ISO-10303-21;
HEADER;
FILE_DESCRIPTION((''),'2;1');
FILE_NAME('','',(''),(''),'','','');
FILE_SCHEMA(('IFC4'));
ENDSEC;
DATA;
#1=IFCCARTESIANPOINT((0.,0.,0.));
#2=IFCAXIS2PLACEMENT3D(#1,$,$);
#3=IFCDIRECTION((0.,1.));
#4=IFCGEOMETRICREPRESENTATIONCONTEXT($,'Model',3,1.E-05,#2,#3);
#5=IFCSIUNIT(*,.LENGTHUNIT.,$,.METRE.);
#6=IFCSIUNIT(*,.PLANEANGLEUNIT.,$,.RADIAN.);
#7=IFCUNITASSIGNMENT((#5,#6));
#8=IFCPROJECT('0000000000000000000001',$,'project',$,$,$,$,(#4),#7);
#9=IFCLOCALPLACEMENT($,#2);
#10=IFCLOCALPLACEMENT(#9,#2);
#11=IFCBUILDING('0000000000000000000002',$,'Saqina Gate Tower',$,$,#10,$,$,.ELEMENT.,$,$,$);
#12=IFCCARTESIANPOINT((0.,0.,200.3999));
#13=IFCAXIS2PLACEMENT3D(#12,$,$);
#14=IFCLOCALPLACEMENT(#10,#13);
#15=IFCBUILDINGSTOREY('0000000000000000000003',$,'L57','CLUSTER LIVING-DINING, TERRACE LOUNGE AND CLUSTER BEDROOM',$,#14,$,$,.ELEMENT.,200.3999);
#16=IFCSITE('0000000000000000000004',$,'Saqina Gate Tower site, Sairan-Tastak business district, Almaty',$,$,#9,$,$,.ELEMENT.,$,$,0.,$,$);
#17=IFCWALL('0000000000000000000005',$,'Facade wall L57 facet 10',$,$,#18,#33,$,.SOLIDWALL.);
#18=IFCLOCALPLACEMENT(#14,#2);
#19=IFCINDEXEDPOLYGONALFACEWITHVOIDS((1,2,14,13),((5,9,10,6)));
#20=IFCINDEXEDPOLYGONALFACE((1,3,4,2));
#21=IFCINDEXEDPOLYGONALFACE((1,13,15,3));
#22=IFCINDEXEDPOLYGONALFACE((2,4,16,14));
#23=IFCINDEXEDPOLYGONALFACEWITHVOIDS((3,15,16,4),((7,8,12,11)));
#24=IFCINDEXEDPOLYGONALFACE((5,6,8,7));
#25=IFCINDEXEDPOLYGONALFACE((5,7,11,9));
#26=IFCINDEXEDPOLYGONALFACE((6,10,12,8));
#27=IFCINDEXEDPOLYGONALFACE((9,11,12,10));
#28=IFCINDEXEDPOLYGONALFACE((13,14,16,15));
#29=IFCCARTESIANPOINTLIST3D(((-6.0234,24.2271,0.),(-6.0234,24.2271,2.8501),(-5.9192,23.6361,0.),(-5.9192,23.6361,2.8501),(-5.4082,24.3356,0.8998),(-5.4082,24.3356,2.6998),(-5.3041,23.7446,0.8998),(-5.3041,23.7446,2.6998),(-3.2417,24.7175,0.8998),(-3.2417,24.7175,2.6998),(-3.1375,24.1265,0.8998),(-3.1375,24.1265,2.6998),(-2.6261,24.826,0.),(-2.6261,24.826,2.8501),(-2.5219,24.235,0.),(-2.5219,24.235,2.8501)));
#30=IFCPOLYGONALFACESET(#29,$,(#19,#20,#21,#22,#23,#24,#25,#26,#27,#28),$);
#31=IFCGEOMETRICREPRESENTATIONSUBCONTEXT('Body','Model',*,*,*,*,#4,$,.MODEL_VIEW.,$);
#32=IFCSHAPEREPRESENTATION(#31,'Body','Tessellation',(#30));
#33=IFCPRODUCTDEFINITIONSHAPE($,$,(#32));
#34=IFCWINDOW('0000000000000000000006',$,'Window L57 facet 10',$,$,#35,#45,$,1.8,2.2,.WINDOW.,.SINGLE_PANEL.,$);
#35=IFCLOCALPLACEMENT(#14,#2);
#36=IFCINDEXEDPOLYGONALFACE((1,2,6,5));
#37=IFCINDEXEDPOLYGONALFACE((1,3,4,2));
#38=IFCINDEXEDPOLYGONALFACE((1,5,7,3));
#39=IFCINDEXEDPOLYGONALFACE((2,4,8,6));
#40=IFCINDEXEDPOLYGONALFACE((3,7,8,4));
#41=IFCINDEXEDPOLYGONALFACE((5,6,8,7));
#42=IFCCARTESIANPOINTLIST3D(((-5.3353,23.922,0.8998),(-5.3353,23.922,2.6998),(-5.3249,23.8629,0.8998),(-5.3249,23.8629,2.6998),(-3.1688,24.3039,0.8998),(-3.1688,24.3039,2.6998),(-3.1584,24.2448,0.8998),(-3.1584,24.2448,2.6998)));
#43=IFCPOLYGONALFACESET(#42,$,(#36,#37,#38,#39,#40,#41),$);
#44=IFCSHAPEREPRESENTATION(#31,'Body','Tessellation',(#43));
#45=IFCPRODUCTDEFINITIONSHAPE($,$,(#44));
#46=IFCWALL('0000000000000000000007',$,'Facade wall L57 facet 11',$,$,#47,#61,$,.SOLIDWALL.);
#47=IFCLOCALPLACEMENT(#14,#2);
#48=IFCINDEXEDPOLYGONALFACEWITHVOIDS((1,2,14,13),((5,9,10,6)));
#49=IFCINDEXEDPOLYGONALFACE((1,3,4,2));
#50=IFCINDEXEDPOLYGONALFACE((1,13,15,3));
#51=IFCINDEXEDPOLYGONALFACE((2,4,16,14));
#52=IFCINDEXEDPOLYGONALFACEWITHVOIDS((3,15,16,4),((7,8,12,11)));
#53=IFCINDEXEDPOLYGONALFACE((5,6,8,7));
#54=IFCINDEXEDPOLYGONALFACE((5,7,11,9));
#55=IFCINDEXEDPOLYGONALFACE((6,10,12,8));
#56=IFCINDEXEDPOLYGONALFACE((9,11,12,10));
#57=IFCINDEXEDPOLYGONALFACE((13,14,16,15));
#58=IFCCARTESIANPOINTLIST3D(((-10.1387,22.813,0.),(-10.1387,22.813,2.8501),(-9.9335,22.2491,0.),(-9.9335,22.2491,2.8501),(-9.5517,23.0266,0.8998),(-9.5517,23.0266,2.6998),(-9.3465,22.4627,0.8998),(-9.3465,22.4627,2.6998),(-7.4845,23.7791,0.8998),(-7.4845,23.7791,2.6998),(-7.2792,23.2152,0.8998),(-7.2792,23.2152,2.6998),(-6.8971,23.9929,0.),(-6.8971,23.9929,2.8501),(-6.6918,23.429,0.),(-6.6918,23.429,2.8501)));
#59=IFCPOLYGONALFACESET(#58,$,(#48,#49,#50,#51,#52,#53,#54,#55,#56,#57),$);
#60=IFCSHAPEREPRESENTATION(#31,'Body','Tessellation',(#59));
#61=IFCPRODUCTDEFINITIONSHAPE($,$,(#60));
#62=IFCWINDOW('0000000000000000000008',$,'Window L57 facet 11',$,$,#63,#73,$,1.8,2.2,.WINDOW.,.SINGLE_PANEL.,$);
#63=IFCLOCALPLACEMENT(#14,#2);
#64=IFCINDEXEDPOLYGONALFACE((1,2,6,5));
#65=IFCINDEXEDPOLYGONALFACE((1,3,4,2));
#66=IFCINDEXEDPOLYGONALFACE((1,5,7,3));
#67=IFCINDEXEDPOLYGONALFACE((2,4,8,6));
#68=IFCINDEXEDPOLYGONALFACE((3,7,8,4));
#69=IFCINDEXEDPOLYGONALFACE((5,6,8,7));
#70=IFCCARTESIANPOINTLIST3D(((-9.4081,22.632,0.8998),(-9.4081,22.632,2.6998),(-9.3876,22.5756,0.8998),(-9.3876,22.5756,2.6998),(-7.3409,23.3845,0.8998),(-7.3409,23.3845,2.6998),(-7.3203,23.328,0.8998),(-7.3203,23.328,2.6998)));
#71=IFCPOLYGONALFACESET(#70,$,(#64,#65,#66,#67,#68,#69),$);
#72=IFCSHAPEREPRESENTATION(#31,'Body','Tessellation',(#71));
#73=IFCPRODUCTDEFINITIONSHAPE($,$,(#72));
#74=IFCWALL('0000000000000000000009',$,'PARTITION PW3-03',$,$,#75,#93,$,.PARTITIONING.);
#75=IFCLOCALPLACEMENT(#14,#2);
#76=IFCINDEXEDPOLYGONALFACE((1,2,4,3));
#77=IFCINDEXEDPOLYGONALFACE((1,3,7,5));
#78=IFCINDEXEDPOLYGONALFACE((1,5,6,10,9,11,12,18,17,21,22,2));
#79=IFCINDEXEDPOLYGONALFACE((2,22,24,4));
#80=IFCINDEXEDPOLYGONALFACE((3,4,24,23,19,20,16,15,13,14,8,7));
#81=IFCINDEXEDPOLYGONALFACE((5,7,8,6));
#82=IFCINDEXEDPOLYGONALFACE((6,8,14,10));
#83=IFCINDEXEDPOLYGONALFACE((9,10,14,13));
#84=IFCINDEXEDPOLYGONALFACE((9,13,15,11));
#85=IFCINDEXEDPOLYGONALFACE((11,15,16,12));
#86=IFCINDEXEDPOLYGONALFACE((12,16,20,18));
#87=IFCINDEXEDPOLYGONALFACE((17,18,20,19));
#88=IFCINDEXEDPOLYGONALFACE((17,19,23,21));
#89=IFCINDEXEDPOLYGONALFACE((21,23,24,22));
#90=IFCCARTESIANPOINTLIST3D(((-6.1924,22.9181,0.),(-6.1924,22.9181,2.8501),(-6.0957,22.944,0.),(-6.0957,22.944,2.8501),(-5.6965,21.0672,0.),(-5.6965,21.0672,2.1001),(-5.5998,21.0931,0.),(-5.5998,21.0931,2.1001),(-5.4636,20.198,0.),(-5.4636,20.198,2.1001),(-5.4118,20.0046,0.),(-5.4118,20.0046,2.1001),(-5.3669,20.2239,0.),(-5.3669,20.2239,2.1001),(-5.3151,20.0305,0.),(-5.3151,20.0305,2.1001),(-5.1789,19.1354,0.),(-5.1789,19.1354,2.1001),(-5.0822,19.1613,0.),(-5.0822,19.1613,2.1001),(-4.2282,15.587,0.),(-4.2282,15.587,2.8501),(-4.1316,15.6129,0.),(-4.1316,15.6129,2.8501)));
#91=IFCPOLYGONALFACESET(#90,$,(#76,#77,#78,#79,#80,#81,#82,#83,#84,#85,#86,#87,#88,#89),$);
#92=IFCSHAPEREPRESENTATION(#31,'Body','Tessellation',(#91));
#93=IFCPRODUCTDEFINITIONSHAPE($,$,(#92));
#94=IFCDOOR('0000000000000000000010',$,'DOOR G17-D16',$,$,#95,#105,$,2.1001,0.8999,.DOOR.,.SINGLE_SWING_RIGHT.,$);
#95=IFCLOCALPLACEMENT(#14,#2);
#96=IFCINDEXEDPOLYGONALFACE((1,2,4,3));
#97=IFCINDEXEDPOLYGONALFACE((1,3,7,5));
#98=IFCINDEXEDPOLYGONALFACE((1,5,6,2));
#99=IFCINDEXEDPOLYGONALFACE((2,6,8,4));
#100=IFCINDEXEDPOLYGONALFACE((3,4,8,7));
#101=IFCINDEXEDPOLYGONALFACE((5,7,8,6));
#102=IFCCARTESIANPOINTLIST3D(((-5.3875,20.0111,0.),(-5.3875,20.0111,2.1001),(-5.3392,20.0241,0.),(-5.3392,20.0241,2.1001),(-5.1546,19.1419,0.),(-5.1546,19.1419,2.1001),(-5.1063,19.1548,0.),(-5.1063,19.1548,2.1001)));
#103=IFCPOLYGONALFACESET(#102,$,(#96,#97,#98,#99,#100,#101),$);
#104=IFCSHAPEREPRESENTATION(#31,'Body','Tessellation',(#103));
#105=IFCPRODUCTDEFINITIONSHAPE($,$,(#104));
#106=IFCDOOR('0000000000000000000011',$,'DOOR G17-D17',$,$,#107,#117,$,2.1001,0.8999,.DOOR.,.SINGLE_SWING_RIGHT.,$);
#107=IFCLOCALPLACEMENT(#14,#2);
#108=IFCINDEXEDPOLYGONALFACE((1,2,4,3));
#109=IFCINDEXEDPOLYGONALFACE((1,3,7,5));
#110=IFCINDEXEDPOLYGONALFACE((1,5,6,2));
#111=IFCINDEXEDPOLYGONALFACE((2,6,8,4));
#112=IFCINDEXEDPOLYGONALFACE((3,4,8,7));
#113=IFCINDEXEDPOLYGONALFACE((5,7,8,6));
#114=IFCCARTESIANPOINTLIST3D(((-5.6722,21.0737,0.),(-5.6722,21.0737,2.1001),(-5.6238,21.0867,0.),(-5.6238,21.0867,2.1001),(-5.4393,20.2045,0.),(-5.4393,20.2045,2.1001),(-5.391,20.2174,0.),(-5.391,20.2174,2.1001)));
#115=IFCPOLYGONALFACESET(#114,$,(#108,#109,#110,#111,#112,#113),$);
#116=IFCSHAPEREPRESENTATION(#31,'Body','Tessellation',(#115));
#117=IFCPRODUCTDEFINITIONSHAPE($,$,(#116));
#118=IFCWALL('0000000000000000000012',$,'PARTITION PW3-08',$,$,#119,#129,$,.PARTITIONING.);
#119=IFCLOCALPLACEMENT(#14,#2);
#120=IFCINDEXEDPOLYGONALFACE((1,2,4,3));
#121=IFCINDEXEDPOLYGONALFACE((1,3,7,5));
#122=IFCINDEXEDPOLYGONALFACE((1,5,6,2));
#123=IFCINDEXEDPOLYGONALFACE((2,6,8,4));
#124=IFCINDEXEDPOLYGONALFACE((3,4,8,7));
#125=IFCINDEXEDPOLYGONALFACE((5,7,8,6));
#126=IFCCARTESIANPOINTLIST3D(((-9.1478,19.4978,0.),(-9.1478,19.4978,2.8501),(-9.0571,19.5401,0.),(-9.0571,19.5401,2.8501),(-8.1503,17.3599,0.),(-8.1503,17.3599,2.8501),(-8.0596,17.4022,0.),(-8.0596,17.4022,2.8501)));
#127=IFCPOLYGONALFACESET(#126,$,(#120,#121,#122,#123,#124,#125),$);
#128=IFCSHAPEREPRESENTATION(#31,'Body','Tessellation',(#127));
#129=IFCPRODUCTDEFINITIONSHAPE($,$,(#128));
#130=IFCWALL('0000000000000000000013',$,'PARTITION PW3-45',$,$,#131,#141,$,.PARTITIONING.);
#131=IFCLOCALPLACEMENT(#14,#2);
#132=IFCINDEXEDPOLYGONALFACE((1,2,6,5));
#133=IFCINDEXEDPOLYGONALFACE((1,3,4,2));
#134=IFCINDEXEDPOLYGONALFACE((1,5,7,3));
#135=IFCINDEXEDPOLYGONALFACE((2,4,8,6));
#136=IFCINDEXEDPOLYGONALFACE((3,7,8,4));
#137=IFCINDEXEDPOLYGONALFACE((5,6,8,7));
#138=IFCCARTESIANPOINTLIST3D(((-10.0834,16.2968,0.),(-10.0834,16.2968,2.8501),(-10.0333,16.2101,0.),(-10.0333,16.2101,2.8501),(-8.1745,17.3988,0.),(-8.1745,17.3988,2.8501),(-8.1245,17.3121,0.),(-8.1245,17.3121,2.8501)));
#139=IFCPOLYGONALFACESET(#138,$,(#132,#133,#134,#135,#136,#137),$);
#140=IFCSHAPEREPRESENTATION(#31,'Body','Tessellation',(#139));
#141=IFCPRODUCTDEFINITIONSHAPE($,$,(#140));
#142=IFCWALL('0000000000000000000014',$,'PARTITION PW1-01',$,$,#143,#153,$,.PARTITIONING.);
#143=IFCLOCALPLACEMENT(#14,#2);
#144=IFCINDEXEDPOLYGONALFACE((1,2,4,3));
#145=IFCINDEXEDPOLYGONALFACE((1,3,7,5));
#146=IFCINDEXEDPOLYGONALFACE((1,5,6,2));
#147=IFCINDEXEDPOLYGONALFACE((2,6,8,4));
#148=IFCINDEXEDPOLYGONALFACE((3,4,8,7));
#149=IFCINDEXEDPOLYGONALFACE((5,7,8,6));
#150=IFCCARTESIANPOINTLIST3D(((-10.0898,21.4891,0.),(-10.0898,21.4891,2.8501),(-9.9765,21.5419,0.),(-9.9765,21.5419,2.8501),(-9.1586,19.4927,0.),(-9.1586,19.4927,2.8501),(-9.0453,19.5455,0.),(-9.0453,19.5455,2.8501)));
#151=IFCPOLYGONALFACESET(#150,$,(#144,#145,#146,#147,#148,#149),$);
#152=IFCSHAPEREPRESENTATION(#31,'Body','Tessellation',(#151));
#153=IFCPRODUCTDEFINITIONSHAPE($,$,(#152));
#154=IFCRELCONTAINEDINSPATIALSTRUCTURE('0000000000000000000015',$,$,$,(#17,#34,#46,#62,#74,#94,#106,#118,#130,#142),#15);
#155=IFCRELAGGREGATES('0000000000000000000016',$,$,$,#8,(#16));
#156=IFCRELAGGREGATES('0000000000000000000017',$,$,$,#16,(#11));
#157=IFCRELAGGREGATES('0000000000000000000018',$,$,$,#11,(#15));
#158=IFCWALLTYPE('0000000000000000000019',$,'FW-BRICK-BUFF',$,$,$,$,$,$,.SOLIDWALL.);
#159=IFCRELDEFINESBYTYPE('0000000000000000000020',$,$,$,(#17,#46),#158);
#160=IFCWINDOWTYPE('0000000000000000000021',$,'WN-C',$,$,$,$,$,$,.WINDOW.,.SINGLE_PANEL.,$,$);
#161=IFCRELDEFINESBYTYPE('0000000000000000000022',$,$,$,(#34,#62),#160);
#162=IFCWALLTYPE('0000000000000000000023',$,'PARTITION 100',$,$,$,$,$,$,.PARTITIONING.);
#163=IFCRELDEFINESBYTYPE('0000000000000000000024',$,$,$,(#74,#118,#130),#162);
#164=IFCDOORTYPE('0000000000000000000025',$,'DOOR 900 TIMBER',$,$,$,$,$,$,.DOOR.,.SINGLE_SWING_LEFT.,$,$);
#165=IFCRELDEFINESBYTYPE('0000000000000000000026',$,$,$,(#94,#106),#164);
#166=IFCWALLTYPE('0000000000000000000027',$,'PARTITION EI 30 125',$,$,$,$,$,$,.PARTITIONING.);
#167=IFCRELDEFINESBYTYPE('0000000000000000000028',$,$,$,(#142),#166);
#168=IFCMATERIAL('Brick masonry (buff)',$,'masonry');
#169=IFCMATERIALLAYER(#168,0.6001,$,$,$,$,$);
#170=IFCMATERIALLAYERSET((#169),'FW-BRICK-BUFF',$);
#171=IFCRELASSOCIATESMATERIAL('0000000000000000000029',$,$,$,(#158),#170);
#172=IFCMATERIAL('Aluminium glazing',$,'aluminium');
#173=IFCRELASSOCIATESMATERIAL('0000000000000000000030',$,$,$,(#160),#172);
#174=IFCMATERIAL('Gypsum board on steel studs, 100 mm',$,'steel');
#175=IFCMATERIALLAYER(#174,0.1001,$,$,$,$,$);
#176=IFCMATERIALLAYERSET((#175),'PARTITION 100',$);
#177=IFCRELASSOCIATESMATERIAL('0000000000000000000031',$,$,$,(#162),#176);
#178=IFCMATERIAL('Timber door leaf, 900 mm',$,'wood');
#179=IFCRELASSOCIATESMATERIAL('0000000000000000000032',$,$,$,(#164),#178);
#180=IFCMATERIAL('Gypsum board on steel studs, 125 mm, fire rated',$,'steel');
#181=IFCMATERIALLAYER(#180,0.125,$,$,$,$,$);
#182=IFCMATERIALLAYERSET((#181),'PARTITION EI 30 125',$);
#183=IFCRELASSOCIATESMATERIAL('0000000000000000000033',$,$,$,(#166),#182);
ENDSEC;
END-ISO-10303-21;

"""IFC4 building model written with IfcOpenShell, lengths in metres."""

from ifc_helpers import new_model, si_unit, direction, frame, frame_2d, origin, place, context, subcontext, project, spatial, rectangle, extrude, material, layer, layer_set, type_object, element, fill, save


model = new_model("IFC4")

# Units and contexts
model_context = context("Model", 3, precision=1e-05, world=origin(), true_north=direction((0.0, 1.0)))
body_context = subcontext(model_context, "Body", "Model", "MODEL_VIEW")
ifc_project = project(units=[si_unit("LENGTHUNIT", "METRE"), si_unit("PLANEANGLEUNIT", "RADIAN")], contexts=[model_context])

# Site, building, storey
site_placement = place(None, origin())
site = spatial("IfcSite", under=ifc_project, at=site_placement, Name="Saqina Gate Tower site, Sairan-Tastak business district, Almaty", CompositionType="ELEMENT", RefElevation=0.0)
building_placement = place(site_placement, origin())
building = spatial("IfcBuilding", under=site, at=building_placement, Name="Saqina Gate Tower", CompositionType="ELEMENT")
storey_placement = place(building_placement, frame((0.0, 0.0, 200.3999)))
storey = spatial("IfcBuildingStorey", under=building, at=storey_placement, Name="L57", Description="CLUSTER LIVING-DINING, TERRACE LOUNGE AND CLUSTER BEDROOM", CompositionType="ELEMENT", Elevation=200.3999)

# Walls, openings, windows
ifc_material_1 = material(Name="Brick masonry (buff)", Category="masonry")
ifc_layer_1 = layer(ifc_material_1, 0.6001)
ifc_layer_set_1 = layer_set([ifc_layer_1], Name="FW-BRICK-BUFF")
wall_type_1 = type_object("IfcWallType", Name="FW-BRICK-BUFF", PredefinedType="SOLIDWALL", material=ifc_layer_set_1)
wall_1_placement = place(storey_placement, frame((-2.574, 24.5305, 0.0), z_axis=(0.0, 0.0, 1.0), x_axis=(-0.984815, -0.173608, 0.0)))
wall_1 = element("IfcWall", 1, at=wall_1_placement, inside=storey, type_object=wall_type_1, Name="Facade wall L57 facet 10", PredefinedType="SOLIDWALL", context=body_context, shape_type="SweptSolid", body=[
    extrude(rectangle(XDim=3.4497, YDim=0.6001, at=frame_2d((1.7249, 0.0))), origin(), (0.0, 0.0, 1.0), 2.8501),
])
opening_1_placement = place(wall_1_placement, frame((0.625, 0.0, 0.8999)))
opening_1 = element("IfcOpeningElement", 2, at=opening_1_placement, cuts=wall_1, PredefinedType="OPENING", context=body_context, shape_type="SweptSolid", body=[
    extrude(rectangle(XDim=2.2, YDim=1.8, at=frame_2d((1.1001, 0.8999))), frame((0.0, 0.312, 0.0), z_axis=(0.0, -1.0, 0.0), x_axis=(1.0, 0.0, 0.0)), (0.0, 0.0, 1.0), 0.624),
])
ifc_material_2 = material(Name="Aluminium glazing", Category="aluminium")
window_type = type_object("IfcWindowType", Name="WN-C", PartitioningType="SINGLE_PANEL", PredefinedType="WINDOW", material=ifc_material_2)
window_1_placement = place(opening_1_placement, origin())
window_1 = element("IfcWindow", 3, at=window_1_placement, inside=storey, type_object=window_type, Name="Window L57 facet 10", OverallHeight=1.8, OverallWidth=2.2, PartitioningType="SINGLE_PANEL", PredefinedType="WINDOW", context=body_context, shape_type="SweptSolid", body=[
    extrude(rectangle(XDim=2.2, YDim=1.8, at=frame_2d((1.1001, 0.8999))), frame((0.0, 0.1799, 0.0), z_axis=(0.0, -1.0, 0.0), x_axis=(1.0, 0.0, 0.0)), (0.0, 0.0, 1.0), 0.0601),
])
fill(opening_1, window_1)
wall_2_placement = place(storey_placement, frame((-6.7944, 23.7109, 0.0), z_axis=(0.0, 0.0, 1.0), x_axis=(-0.939688, -0.342033, 0.0)))
wall_2 = element("IfcWall", 4, at=wall_2_placement, inside=storey, type_object=wall_type_1, Name="Facade wall L57 facet 11", PredefinedType="SOLIDWALL", context=body_context, shape_type="SweptSolid", body=[
    extrude(rectangle(XDim=3.4497, YDim=0.6001, at=frame_2d((1.7249, 0.0))), origin(), (0.0, 0.0, 1.0), 2.8501),
])
opening_2_placement = place(wall_2_placement, frame((0.625, 0.0, 0.8999)))
opening_2 = element("IfcOpeningElement", 5, at=opening_2_placement, cuts=wall_2, PredefinedType="OPENING", context=body_context, shape_type="SweptSolid", body=[
    extrude(rectangle(XDim=2.2, YDim=1.8, at=frame_2d((1.1001, 0.8999))), frame((0.0, 0.312, 0.0), z_axis=(0.0, -1.0, 0.0), x_axis=(1.0, 0.0, 0.0)), (0.0, 0.0, 1.0), 0.624),
])
window_2_placement = place(opening_2_placement, origin())
window_2 = element("IfcWindow", 6, at=window_2_placement, inside=storey, type_object=window_type, Name="Window L57 facet 11", OverallHeight=1.8, OverallWidth=2.2, PartitioningType="SINGLE_PANEL", PredefinedType="WINDOW", context=body_context, shape_type="SweptSolid", body=[
    extrude(rectangle(XDim=2.2, YDim=1.8, at=frame_2d((1.1001, 0.8999))), frame((0.0, 0.1799, 0.0), z_axis=(0.0, -1.0, 0.0), x_axis=(1.0, 0.0, 0.0)), (0.0, 0.0, 1.0), 0.0601),
])
fill(opening_2, window_2)

# Wall, openings, doors
ifc_material_3 = material(Name="Gypsum board on steel studs, 100 mm", Category="steel")
ifc_layer_2 = layer(ifc_material_3, 0.1001)
ifc_layer_set_2 = layer_set([ifc_layer_2], Name="PARTITION 100")
wall_type_2 = type_object("IfcWallType", Name="PARTITION 100", PredefinedType="PARTITIONING", material=ifc_layer_set_2)
wall_3_placement = place(storey_placement, frame((-6.144, 22.9312, 0.0), z_axis=(0.0, 0.0, 1.0), x_axis=(0.25879, -0.965934, 0.0)))
wall_3 = element("IfcWall", 7, at=wall_3_placement, inside=storey, type_object=wall_type_2, Name="PARTITION PW3-03", PredefinedType="PARTITIONING", context=body_context, shape_type="SweptSolid", body=[
    extrude(rectangle(XDim=7.5896, YDim=0.1001, at=frame_2d((3.7949, 0.0))), origin(), (0.0, 0.0, 1.0), 2.8501),
])
opening_3_placement = place(wall_3_placement, frame((3.0164, 0.0, 0.0)))
opening_3 = element("IfcOpeningElement", 8, at=opening_3_placement, cuts=wall_3, PredefinedType="OPENING", context=body_context, shape_type="SweptSolid", body=[
    extrude(rectangle(XDim=0.8999, YDim=2.1001, at=frame_2d((0.45, 1.05))), frame((0.0, 0.062, 0.0), z_axis=(0.0, -1.0, 0.0), x_axis=(1.0, 0.0, 0.0)), (0.0, 0.0, 1.0), 0.124),
])
opening_4_placement = place(wall_3_placement, frame((1.9163, 0.0, 0.0)))
opening_4 = element("IfcOpeningElement", 9, at=opening_4_placement, cuts=wall_3, PredefinedType="OPENING", context=body_context, shape_type="SweptSolid", body=[
    extrude(rectangle(XDim=0.8999, YDim=2.1001, at=frame_2d((0.45, 1.05))), frame((0.0, 0.062, 0.0), z_axis=(0.0, -1.0, 0.0), x_axis=(1.0, 0.0, 0.0)), (0.0, 0.0, 1.0), 0.124),
])
ifc_material_4 = material(Name="Timber door leaf, 900 mm", Category="wood")
door_type_1 = type_object("IfcDoorType", Name="DOOR 900 TIMBER", OperationType="SINGLE_SWING_LEFT", PredefinedType="DOOR", material=ifc_material_4)
door_1_placement = place(opening_3_placement, frame((0.8999, 0.0, 0.0), z_axis=(0.0, 0.0, 1.0), x_axis=(-1.0, 0.0, 0.0)))
door_1 = element("IfcDoor", 10, at=door_1_placement, inside=storey, type_object=door_type_1, Name="DOOR G17-D16", OperationType="SINGLE_SWING_RIGHT", OverallHeight=2.1001, OverallWidth=0.8999, PredefinedType="DOOR", context=body_context, shape_type="SweptSolid", body=[
    extrude(rectangle(XDim=0.8999, YDim=2.1001, at=frame_2d((0.45, 1.05))), frame((0.0, 0.0249, 0.0), z_axis=(0.0, -1.0, 0.0), x_axis=(1.0, 0.0, 0.0)), (0.0, 0.0, 1.0), 0.05),
])
fill(opening_3, door_1)
door_2_placement = place(opening_4_placement, frame((0.8999, 0.0, 0.0), z_axis=(0.0, 0.0, 1.0), x_axis=(-1.0, 0.0, 0.0)))
door_2 = element("IfcDoor", 11, at=door_2_placement, inside=storey, type_object=door_type_1, Name="DOOR G17-D17", OperationType="SINGLE_SWING_RIGHT", OverallHeight=2.1001, OverallWidth=0.8999, PredefinedType="DOOR", context=body_context, shape_type="SweptSolid", body=[
    extrude(rectangle(XDim=0.8999, YDim=2.1001, at=frame_2d((0.45, 1.05))), frame((0.0, 0.0249, 0.0), z_axis=(0.0, -1.0, 0.0), x_axis=(1.0, 0.0, 0.0)), (0.0, 0.0, 1.0), 0.05),
])
fill(opening_4, door_2)

# Walls
wall_4_placement = place(storey_placement, frame((-9.1025, 19.519, 0.0), z_axis=(0.0, 0.0, 1.0), x_axis=(0.422834, -0.906207, 0.0)))
element("IfcWall", 12, at=wall_4_placement, inside=storey, type_object=wall_type_2, Name="PARTITION PW3-08", PredefinedType="PARTITIONING", context=body_context, shape_type="SweptSolid", body=[
    extrude(rectangle(XDim=2.3591, YDim=0.1001, at=frame_2d((1.1797, 0.0))), origin(), (0.0, 0.0, 1.0), 2.8501),
])
wall_5_placement = place(storey_placement, frame((-10.0583, 16.2534, 0.0), z_axis=(0.0, 0.0, 1.0), x_axis=(0.86604, 0.499975, 0.0)))
element("IfcWall", 13, at=wall_5_placement, inside=storey, type_object=wall_type_2, Name="PARTITION PW3-45", PredefinedType="PARTITIONING", context=body_context, shape_type="SweptSolid", body=[
    extrude(rectangle(XDim=2.2041, YDim=0.1001, at=frame_2d((1.1021, 0.0))), origin(), (0.0, 0.0, 1.0), 2.8501),
])
ifc_material_5 = material(Name="Gypsum board on steel studs, 125 mm, fire rated", Category="steel")
ifc_layer_3 = layer(ifc_material_5, 0.125)
ifc_layer_set_3 = layer_set([ifc_layer_3], Name="PARTITION EI 30 125")
wall_type_3 = type_object("IfcWallType", Name="PARTITION EI 30 125", PredefinedType="PARTITIONING", material=ifc_layer_set_3)
wall_6_placement = place(storey_placement, frame((-10.0332, 21.5156, 0.0), z_axis=(0.0, 0.0, 1.0), x_axis=(0.42271, -0.906265, 0.0)))
element("IfcWall", 14, at=wall_6_placement, inside=storey, type_object=wall_type_3, Name="PARTITION PW1-01", PredefinedType="PARTITIONING", context=body_context, shape_type="SweptSolid", body=[
    extrude(rectangle(XDim=2.2029, YDim=0.125, at=frame_2d((1.1016, 0.0))), origin(), (0.0, 0.0, 1.0), 2.8501),
])

save(model, "model.ifc")
